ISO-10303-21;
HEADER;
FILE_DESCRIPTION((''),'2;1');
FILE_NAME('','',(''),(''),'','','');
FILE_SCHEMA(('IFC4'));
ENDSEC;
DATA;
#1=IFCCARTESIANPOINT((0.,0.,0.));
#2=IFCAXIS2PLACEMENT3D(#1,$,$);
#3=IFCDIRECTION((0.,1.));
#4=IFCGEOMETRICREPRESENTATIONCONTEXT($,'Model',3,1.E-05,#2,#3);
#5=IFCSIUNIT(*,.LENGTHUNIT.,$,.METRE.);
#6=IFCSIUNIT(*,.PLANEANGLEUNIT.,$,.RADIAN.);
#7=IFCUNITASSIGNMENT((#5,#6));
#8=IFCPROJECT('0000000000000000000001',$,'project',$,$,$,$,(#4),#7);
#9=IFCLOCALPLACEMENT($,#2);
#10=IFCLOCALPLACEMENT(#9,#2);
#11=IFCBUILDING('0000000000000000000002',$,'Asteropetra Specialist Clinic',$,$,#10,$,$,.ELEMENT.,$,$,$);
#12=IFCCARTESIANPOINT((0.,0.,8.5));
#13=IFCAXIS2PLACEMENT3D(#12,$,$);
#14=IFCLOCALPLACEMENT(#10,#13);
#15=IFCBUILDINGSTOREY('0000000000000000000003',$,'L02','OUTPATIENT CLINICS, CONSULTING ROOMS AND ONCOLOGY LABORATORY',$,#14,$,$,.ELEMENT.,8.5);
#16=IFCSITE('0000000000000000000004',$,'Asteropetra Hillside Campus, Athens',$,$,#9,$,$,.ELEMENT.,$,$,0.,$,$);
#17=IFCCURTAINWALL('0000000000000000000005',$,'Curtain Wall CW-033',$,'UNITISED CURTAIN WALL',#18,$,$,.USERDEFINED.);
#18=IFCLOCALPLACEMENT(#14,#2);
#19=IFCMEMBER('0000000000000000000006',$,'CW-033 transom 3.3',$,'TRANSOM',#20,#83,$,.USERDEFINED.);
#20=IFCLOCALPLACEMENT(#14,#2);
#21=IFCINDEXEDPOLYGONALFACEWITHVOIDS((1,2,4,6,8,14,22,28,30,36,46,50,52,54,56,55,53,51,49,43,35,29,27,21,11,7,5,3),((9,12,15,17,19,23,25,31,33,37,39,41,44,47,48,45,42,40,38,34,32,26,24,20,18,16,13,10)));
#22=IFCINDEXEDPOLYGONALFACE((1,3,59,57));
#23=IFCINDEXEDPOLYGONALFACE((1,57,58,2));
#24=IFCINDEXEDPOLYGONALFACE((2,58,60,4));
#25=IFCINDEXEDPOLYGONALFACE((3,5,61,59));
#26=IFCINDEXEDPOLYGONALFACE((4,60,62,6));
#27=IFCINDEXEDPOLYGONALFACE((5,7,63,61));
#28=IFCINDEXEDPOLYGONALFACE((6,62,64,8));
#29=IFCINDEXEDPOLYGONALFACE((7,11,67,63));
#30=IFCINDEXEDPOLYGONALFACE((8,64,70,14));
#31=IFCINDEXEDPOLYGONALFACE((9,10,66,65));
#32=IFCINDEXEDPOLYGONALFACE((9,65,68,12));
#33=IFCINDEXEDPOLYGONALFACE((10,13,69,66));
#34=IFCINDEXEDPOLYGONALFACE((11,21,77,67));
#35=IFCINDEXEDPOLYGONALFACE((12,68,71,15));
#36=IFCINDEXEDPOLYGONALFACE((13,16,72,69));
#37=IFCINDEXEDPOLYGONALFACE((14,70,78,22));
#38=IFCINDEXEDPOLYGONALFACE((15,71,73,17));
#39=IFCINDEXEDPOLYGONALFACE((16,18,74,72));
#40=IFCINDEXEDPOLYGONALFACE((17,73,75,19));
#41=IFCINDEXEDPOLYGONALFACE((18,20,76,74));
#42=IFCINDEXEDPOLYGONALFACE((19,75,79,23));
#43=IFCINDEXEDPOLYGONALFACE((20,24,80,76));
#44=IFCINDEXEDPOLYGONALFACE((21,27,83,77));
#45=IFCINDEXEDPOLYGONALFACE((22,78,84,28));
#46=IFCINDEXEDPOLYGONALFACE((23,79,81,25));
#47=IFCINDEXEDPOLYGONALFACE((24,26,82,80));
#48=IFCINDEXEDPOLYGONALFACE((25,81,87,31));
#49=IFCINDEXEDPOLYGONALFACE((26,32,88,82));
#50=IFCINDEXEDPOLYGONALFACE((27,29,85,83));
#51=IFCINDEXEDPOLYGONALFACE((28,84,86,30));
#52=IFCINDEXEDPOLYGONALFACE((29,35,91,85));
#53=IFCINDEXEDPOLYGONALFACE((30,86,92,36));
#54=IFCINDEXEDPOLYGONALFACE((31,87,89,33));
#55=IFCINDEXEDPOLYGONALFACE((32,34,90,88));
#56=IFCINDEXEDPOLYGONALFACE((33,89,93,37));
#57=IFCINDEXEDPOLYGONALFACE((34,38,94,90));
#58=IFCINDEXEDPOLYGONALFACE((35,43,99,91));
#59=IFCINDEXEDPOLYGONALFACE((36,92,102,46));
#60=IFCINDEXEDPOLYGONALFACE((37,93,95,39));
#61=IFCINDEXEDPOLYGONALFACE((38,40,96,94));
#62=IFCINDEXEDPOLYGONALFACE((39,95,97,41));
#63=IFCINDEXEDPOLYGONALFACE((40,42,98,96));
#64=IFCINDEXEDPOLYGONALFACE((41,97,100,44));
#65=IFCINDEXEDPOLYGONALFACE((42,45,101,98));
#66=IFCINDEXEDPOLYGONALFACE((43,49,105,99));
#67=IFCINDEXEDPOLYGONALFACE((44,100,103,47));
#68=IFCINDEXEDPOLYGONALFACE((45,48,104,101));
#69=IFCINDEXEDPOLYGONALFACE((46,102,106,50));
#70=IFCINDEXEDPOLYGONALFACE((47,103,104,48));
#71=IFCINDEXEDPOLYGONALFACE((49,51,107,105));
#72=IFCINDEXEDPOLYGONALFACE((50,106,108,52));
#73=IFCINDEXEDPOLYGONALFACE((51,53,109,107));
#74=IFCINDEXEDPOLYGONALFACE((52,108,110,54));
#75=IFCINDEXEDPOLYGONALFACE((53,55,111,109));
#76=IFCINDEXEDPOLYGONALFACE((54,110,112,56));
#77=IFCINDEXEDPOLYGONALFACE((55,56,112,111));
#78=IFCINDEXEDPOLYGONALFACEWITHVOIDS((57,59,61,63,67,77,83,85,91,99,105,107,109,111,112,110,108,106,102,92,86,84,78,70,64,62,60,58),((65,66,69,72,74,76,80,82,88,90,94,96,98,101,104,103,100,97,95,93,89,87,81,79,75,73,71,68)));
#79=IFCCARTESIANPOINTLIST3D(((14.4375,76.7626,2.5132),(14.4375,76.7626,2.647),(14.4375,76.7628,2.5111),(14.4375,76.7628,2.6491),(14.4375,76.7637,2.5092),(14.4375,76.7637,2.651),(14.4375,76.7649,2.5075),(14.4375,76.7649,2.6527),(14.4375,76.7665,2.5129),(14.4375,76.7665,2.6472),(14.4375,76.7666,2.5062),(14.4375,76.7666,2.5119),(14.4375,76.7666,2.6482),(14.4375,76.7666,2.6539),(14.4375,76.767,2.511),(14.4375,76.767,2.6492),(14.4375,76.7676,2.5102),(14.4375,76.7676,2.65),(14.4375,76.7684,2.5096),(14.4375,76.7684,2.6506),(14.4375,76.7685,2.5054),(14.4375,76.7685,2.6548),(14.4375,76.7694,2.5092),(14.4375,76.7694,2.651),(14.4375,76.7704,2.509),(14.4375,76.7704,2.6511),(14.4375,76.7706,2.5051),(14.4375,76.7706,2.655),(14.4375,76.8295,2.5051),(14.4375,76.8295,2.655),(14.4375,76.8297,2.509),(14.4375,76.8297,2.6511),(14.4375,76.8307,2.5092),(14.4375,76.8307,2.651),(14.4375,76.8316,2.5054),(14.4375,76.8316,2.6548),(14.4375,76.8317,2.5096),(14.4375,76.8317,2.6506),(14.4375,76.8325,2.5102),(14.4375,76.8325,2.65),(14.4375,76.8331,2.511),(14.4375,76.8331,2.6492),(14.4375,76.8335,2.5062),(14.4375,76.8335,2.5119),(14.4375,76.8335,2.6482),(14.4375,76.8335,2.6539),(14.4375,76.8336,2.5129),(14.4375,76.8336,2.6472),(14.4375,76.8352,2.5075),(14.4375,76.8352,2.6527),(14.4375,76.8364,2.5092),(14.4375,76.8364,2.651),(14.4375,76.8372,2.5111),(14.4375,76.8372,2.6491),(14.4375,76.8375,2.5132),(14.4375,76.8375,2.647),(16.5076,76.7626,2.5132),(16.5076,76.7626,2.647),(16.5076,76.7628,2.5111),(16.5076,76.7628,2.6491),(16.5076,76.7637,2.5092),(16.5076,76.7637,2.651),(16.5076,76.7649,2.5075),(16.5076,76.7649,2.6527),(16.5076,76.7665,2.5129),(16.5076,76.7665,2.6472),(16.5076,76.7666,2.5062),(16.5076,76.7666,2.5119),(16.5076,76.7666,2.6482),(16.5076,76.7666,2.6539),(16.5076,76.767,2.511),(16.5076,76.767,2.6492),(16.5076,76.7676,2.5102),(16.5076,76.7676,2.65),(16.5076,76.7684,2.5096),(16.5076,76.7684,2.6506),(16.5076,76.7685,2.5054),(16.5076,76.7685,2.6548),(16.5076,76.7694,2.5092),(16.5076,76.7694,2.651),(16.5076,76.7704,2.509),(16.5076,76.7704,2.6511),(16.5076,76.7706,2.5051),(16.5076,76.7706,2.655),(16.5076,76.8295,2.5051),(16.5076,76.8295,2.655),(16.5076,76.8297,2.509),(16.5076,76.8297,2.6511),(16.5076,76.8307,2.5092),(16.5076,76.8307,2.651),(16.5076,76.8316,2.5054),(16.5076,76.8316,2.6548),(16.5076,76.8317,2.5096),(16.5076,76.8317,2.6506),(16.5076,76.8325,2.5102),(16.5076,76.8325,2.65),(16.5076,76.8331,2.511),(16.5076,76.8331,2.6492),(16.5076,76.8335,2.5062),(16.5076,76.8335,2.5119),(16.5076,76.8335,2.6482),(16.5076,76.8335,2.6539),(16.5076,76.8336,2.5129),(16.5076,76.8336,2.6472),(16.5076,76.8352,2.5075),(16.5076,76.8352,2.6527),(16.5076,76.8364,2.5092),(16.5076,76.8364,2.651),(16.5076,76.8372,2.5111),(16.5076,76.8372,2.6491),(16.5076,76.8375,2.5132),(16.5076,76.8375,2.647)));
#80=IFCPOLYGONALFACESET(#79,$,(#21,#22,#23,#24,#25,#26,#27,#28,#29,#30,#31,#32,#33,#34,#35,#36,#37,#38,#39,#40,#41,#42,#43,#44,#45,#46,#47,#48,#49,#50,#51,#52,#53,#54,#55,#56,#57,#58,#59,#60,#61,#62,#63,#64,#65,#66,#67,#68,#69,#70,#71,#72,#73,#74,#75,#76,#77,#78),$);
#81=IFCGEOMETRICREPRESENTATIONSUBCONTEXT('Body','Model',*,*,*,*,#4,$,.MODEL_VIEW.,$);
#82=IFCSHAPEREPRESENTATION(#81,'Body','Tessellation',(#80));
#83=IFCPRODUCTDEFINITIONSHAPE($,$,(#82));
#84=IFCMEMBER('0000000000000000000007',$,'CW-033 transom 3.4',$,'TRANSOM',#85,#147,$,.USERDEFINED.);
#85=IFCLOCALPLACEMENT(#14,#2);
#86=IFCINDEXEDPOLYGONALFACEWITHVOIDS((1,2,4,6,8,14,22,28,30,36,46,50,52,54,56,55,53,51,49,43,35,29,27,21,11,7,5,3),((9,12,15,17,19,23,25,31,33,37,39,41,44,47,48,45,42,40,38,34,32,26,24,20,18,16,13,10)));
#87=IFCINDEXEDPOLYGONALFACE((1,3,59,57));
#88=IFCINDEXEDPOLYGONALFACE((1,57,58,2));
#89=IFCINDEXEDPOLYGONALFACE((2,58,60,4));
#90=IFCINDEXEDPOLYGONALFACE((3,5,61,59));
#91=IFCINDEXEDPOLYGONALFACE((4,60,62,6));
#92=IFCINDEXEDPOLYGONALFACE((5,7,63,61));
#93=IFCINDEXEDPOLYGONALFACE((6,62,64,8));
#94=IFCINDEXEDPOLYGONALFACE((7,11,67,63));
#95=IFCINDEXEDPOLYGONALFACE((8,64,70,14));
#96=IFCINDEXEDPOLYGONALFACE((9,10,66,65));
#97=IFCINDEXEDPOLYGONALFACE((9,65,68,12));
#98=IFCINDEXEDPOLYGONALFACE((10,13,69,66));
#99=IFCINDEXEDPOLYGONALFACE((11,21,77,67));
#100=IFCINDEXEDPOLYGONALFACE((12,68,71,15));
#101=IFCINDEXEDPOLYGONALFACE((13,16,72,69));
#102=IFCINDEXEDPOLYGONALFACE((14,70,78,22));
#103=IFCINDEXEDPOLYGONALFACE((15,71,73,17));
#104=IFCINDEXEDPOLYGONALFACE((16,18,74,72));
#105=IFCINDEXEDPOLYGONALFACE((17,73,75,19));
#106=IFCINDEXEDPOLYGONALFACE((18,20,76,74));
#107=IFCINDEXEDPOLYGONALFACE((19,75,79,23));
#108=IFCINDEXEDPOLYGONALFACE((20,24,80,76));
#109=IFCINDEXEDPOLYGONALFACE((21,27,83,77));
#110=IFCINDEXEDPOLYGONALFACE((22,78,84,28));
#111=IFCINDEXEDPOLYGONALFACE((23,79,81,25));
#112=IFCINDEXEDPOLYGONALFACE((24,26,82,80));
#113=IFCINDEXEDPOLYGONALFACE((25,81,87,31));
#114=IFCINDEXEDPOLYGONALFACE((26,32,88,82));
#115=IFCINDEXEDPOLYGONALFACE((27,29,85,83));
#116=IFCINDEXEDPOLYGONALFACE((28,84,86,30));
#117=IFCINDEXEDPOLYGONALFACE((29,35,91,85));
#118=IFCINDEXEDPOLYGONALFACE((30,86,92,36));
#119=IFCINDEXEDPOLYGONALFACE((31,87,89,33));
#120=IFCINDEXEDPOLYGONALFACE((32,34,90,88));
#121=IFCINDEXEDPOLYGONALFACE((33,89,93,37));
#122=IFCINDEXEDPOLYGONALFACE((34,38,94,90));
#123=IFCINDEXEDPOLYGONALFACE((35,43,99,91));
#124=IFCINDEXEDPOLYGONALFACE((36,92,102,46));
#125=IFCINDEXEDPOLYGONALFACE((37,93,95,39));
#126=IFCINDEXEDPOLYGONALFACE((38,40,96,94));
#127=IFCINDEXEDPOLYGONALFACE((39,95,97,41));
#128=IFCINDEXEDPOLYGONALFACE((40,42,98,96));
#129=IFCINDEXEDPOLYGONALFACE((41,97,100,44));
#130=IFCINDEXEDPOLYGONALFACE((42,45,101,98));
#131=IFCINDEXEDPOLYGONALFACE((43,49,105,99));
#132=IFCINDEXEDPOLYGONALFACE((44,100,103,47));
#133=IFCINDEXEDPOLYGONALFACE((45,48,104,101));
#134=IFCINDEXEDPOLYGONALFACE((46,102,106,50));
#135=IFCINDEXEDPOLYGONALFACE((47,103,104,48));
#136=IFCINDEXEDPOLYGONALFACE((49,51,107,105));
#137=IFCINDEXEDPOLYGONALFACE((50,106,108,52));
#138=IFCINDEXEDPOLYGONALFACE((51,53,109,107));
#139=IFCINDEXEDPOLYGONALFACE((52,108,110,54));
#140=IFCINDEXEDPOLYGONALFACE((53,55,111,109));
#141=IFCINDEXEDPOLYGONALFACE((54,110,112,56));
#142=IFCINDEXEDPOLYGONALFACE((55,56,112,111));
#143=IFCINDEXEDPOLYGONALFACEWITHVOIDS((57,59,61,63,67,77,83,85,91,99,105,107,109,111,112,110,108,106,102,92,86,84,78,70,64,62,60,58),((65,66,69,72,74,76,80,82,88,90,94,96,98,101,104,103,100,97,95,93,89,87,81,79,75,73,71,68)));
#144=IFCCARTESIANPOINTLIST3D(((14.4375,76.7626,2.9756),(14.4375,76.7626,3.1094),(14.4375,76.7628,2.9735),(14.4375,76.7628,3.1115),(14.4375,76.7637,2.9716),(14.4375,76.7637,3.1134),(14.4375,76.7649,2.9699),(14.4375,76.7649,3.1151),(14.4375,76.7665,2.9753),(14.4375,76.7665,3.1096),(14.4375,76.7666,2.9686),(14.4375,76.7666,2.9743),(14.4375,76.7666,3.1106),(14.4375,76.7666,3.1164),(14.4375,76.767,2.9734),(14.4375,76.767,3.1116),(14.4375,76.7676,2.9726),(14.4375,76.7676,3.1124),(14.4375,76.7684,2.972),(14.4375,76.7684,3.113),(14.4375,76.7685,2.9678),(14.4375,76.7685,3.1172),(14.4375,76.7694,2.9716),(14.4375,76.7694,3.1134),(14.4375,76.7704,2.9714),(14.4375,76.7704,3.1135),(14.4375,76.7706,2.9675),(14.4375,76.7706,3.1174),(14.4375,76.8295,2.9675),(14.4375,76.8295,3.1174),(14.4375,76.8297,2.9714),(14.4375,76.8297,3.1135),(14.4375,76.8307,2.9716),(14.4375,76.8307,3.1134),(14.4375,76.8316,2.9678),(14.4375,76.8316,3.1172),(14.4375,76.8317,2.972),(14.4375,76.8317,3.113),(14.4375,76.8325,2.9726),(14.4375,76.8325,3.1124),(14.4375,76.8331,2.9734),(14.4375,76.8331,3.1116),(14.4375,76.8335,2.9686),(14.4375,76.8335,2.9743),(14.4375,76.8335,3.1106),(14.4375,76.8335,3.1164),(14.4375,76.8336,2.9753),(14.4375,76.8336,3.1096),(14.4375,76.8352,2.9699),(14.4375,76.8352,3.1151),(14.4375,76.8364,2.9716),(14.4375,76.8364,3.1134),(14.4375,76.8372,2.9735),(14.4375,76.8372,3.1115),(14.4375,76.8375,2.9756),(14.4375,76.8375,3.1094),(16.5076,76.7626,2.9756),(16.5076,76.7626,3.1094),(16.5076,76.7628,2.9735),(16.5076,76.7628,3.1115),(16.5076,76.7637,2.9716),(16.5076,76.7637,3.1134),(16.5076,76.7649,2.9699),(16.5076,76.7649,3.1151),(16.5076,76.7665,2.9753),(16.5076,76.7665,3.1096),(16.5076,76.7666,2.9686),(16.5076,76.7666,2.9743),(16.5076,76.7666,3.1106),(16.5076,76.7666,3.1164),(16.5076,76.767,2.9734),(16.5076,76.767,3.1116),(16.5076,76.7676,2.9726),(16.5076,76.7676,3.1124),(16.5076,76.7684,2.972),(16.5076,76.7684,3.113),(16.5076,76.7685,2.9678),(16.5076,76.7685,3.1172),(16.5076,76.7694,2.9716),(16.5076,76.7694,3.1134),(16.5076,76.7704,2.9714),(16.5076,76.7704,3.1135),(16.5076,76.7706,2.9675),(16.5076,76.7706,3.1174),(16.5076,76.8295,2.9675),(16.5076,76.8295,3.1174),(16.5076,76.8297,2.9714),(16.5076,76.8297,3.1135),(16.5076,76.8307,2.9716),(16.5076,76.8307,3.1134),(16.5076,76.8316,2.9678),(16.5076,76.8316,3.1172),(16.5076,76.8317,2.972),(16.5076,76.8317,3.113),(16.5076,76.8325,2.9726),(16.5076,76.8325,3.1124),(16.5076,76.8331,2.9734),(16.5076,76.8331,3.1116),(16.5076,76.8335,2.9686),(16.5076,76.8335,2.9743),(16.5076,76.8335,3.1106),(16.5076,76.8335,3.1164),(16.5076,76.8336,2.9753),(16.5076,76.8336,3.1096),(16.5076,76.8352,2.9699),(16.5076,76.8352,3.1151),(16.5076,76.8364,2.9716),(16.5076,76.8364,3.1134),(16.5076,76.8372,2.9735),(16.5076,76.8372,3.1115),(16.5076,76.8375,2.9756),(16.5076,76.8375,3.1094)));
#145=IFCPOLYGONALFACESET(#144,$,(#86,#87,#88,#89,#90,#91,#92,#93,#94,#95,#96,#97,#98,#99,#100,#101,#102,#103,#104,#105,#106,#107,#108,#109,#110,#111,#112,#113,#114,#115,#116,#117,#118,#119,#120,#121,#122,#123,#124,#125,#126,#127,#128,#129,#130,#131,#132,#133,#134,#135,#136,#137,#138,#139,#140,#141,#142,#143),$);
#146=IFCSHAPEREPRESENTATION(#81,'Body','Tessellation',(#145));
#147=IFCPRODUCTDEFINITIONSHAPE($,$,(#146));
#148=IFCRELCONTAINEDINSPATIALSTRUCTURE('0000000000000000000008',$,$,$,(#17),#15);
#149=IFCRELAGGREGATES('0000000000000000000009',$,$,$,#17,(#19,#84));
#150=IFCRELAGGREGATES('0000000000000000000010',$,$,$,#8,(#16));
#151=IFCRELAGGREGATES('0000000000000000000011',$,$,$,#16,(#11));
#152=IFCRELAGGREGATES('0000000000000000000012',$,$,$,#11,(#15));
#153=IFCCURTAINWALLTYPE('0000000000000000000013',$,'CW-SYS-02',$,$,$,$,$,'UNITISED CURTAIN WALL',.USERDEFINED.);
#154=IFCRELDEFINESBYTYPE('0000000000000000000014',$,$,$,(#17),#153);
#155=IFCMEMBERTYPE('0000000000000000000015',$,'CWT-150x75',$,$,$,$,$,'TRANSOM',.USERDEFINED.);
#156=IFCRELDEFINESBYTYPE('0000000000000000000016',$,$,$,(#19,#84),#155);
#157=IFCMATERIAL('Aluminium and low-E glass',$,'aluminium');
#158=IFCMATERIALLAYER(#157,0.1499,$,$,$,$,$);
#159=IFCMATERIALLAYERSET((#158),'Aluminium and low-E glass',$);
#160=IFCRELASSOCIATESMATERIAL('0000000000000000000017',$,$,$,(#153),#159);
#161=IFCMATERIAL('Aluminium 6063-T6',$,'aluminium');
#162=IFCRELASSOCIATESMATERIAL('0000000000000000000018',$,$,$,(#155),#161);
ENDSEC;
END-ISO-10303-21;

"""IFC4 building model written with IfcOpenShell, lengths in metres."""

from ifc_helpers import new_model, si_unit, direction, frame, origin, origin_2d, place, context, subcontext, project, spatial, hollow_rectangle, extrude, material, layer, layer_set, material_profile, profile_set, type_object, element, aggregate, save


model = new_model("IFC4")

# Units and contexts
model_context = context("Model", 3, precision=1e-05, world=origin(), true_north=direction((0.0, 1.0)))
body_context = subcontext(model_context, "Body", "Model", "MODEL_VIEW")
ifc_project = project(units=[si_unit("LENGTHUNIT", "METRE"), si_unit("PLANEANGLEUNIT", "RADIAN")], contexts=[model_context])

# Site, building, storey
site_placement = place(None, origin())
site = spatial("IfcSite", under=ifc_project, at=site_placement, Name="Asteropetra Hillside Campus, Athens", CompositionType="ELEMENT", RefElevation=0.0)
building_placement = place(site_placement, origin())
building = spatial("IfcBuilding", under=site, at=building_placement, Name="Asteropetra Specialist Clinic", CompositionType="ELEMENT")
storey_placement = place(building_placement, frame((0.0, 0.0, 8.5)))
storey = spatial("IfcBuildingStorey", under=building, at=storey_placement, Name="L02", Description="OUTPATIENT CLINICS, CONSULTING ROOMS AND ONCOLOGY LABORATORY", CompositionType="ELEMENT", Elevation=8.5)

# Curtain wall
ifc_material_1 = material(Name="Aluminium and low-E glass", Category="aluminium")
ifc_layer_1 = layer(ifc_material_1, 0.1499)
ifc_layer_set_1 = layer_set([ifc_layer_1], Name="Aluminium and low-E glass")
curtain_wall_type_1 = type_object("IfcCurtainWallType", Name="CW-SYS-02", ElementType="UNITISED CURTAIN WALL", PredefinedType="USERDEFINED", material=ifc_layer_set_1)
curtain_wall_1_placement = place(storey_placement, origin())
curtain_wall_1 = element("IfcCurtainWall", 1, at=curtain_wall_1_placement, inside=storey, type_object=curtain_wall_type_1, Name="Curtain Wall CW-033", ObjectType="UNITISED CURTAIN WALL", PredefinedType="USERDEFINED")

# Members
ifc_material_2 = material(Name="Aluminium 6063-T6", Category="aluminium")
ifc_material_profile_1 = material_profile(ifc_material_2, hollow_rectangle(XDim=0.075, YDim=0.1499, WallThickness=0.0039, InnerFilletRadius=0.0039, OuterFilletRadius=0.0081, at=origin_2d()), Name="TRN 150x75x4.0")
ifc_profile_set_1 = profile_set([ifc_material_profile_1], Name="Aluminium 6063-T6")
member_type_1 = type_object("IfcMemberType", Name="CWT-150x75", ElementType="TRANSOM", PredefinedType="USERDEFINED", material=ifc_profile_set_1)
member_1_placement = place(storey_placement, frame((14.4375, 76.8, 2.5801), z_axis=(1.0, 0.0, 0.0), x_axis=(0.0, 1.0, 0.0)))
member_1 = element("IfcMember", 2, at=member_1_placement, type_object=member_type_1, Name="CW-033 transom 3.3", ObjectType="TRANSOM", PredefinedType="USERDEFINED", context=body_context, shape_type="SweptSolid", body=[
    extrude(hollow_rectangle(XDim=0.075, YDim=0.1499, WallThickness=0.0039, InnerFilletRadius=0.0039, OuterFilletRadius=0.0081, at=origin_2d()), origin(), (0.0, 0.0, 1.0), 2.0701),
])
member_2_placement = place(storey_placement, frame((14.4375, 76.8, 3.0425), z_axis=(1.0, 0.0, 0.0), x_axis=(0.0, 1.0, 0.0)))
member_2 = element("IfcMember", 3, at=member_2_placement, type_object=member_type_1, Name="CW-033 transom 3.4", ObjectType="TRANSOM", PredefinedType="USERDEFINED", context=body_context, shape_type="SweptSolid", body=[
    extrude(hollow_rectangle(XDim=0.075, YDim=0.1499, WallThickness=0.0039, InnerFilletRadius=0.0039, OuterFilletRadius=0.0081, at=origin_2d()), origin(), (0.0, 0.0, 1.0), 2.0701),
])

aggregate(curtain_wall_1, [member_1, member_2])

save(model, "model.ifc")
